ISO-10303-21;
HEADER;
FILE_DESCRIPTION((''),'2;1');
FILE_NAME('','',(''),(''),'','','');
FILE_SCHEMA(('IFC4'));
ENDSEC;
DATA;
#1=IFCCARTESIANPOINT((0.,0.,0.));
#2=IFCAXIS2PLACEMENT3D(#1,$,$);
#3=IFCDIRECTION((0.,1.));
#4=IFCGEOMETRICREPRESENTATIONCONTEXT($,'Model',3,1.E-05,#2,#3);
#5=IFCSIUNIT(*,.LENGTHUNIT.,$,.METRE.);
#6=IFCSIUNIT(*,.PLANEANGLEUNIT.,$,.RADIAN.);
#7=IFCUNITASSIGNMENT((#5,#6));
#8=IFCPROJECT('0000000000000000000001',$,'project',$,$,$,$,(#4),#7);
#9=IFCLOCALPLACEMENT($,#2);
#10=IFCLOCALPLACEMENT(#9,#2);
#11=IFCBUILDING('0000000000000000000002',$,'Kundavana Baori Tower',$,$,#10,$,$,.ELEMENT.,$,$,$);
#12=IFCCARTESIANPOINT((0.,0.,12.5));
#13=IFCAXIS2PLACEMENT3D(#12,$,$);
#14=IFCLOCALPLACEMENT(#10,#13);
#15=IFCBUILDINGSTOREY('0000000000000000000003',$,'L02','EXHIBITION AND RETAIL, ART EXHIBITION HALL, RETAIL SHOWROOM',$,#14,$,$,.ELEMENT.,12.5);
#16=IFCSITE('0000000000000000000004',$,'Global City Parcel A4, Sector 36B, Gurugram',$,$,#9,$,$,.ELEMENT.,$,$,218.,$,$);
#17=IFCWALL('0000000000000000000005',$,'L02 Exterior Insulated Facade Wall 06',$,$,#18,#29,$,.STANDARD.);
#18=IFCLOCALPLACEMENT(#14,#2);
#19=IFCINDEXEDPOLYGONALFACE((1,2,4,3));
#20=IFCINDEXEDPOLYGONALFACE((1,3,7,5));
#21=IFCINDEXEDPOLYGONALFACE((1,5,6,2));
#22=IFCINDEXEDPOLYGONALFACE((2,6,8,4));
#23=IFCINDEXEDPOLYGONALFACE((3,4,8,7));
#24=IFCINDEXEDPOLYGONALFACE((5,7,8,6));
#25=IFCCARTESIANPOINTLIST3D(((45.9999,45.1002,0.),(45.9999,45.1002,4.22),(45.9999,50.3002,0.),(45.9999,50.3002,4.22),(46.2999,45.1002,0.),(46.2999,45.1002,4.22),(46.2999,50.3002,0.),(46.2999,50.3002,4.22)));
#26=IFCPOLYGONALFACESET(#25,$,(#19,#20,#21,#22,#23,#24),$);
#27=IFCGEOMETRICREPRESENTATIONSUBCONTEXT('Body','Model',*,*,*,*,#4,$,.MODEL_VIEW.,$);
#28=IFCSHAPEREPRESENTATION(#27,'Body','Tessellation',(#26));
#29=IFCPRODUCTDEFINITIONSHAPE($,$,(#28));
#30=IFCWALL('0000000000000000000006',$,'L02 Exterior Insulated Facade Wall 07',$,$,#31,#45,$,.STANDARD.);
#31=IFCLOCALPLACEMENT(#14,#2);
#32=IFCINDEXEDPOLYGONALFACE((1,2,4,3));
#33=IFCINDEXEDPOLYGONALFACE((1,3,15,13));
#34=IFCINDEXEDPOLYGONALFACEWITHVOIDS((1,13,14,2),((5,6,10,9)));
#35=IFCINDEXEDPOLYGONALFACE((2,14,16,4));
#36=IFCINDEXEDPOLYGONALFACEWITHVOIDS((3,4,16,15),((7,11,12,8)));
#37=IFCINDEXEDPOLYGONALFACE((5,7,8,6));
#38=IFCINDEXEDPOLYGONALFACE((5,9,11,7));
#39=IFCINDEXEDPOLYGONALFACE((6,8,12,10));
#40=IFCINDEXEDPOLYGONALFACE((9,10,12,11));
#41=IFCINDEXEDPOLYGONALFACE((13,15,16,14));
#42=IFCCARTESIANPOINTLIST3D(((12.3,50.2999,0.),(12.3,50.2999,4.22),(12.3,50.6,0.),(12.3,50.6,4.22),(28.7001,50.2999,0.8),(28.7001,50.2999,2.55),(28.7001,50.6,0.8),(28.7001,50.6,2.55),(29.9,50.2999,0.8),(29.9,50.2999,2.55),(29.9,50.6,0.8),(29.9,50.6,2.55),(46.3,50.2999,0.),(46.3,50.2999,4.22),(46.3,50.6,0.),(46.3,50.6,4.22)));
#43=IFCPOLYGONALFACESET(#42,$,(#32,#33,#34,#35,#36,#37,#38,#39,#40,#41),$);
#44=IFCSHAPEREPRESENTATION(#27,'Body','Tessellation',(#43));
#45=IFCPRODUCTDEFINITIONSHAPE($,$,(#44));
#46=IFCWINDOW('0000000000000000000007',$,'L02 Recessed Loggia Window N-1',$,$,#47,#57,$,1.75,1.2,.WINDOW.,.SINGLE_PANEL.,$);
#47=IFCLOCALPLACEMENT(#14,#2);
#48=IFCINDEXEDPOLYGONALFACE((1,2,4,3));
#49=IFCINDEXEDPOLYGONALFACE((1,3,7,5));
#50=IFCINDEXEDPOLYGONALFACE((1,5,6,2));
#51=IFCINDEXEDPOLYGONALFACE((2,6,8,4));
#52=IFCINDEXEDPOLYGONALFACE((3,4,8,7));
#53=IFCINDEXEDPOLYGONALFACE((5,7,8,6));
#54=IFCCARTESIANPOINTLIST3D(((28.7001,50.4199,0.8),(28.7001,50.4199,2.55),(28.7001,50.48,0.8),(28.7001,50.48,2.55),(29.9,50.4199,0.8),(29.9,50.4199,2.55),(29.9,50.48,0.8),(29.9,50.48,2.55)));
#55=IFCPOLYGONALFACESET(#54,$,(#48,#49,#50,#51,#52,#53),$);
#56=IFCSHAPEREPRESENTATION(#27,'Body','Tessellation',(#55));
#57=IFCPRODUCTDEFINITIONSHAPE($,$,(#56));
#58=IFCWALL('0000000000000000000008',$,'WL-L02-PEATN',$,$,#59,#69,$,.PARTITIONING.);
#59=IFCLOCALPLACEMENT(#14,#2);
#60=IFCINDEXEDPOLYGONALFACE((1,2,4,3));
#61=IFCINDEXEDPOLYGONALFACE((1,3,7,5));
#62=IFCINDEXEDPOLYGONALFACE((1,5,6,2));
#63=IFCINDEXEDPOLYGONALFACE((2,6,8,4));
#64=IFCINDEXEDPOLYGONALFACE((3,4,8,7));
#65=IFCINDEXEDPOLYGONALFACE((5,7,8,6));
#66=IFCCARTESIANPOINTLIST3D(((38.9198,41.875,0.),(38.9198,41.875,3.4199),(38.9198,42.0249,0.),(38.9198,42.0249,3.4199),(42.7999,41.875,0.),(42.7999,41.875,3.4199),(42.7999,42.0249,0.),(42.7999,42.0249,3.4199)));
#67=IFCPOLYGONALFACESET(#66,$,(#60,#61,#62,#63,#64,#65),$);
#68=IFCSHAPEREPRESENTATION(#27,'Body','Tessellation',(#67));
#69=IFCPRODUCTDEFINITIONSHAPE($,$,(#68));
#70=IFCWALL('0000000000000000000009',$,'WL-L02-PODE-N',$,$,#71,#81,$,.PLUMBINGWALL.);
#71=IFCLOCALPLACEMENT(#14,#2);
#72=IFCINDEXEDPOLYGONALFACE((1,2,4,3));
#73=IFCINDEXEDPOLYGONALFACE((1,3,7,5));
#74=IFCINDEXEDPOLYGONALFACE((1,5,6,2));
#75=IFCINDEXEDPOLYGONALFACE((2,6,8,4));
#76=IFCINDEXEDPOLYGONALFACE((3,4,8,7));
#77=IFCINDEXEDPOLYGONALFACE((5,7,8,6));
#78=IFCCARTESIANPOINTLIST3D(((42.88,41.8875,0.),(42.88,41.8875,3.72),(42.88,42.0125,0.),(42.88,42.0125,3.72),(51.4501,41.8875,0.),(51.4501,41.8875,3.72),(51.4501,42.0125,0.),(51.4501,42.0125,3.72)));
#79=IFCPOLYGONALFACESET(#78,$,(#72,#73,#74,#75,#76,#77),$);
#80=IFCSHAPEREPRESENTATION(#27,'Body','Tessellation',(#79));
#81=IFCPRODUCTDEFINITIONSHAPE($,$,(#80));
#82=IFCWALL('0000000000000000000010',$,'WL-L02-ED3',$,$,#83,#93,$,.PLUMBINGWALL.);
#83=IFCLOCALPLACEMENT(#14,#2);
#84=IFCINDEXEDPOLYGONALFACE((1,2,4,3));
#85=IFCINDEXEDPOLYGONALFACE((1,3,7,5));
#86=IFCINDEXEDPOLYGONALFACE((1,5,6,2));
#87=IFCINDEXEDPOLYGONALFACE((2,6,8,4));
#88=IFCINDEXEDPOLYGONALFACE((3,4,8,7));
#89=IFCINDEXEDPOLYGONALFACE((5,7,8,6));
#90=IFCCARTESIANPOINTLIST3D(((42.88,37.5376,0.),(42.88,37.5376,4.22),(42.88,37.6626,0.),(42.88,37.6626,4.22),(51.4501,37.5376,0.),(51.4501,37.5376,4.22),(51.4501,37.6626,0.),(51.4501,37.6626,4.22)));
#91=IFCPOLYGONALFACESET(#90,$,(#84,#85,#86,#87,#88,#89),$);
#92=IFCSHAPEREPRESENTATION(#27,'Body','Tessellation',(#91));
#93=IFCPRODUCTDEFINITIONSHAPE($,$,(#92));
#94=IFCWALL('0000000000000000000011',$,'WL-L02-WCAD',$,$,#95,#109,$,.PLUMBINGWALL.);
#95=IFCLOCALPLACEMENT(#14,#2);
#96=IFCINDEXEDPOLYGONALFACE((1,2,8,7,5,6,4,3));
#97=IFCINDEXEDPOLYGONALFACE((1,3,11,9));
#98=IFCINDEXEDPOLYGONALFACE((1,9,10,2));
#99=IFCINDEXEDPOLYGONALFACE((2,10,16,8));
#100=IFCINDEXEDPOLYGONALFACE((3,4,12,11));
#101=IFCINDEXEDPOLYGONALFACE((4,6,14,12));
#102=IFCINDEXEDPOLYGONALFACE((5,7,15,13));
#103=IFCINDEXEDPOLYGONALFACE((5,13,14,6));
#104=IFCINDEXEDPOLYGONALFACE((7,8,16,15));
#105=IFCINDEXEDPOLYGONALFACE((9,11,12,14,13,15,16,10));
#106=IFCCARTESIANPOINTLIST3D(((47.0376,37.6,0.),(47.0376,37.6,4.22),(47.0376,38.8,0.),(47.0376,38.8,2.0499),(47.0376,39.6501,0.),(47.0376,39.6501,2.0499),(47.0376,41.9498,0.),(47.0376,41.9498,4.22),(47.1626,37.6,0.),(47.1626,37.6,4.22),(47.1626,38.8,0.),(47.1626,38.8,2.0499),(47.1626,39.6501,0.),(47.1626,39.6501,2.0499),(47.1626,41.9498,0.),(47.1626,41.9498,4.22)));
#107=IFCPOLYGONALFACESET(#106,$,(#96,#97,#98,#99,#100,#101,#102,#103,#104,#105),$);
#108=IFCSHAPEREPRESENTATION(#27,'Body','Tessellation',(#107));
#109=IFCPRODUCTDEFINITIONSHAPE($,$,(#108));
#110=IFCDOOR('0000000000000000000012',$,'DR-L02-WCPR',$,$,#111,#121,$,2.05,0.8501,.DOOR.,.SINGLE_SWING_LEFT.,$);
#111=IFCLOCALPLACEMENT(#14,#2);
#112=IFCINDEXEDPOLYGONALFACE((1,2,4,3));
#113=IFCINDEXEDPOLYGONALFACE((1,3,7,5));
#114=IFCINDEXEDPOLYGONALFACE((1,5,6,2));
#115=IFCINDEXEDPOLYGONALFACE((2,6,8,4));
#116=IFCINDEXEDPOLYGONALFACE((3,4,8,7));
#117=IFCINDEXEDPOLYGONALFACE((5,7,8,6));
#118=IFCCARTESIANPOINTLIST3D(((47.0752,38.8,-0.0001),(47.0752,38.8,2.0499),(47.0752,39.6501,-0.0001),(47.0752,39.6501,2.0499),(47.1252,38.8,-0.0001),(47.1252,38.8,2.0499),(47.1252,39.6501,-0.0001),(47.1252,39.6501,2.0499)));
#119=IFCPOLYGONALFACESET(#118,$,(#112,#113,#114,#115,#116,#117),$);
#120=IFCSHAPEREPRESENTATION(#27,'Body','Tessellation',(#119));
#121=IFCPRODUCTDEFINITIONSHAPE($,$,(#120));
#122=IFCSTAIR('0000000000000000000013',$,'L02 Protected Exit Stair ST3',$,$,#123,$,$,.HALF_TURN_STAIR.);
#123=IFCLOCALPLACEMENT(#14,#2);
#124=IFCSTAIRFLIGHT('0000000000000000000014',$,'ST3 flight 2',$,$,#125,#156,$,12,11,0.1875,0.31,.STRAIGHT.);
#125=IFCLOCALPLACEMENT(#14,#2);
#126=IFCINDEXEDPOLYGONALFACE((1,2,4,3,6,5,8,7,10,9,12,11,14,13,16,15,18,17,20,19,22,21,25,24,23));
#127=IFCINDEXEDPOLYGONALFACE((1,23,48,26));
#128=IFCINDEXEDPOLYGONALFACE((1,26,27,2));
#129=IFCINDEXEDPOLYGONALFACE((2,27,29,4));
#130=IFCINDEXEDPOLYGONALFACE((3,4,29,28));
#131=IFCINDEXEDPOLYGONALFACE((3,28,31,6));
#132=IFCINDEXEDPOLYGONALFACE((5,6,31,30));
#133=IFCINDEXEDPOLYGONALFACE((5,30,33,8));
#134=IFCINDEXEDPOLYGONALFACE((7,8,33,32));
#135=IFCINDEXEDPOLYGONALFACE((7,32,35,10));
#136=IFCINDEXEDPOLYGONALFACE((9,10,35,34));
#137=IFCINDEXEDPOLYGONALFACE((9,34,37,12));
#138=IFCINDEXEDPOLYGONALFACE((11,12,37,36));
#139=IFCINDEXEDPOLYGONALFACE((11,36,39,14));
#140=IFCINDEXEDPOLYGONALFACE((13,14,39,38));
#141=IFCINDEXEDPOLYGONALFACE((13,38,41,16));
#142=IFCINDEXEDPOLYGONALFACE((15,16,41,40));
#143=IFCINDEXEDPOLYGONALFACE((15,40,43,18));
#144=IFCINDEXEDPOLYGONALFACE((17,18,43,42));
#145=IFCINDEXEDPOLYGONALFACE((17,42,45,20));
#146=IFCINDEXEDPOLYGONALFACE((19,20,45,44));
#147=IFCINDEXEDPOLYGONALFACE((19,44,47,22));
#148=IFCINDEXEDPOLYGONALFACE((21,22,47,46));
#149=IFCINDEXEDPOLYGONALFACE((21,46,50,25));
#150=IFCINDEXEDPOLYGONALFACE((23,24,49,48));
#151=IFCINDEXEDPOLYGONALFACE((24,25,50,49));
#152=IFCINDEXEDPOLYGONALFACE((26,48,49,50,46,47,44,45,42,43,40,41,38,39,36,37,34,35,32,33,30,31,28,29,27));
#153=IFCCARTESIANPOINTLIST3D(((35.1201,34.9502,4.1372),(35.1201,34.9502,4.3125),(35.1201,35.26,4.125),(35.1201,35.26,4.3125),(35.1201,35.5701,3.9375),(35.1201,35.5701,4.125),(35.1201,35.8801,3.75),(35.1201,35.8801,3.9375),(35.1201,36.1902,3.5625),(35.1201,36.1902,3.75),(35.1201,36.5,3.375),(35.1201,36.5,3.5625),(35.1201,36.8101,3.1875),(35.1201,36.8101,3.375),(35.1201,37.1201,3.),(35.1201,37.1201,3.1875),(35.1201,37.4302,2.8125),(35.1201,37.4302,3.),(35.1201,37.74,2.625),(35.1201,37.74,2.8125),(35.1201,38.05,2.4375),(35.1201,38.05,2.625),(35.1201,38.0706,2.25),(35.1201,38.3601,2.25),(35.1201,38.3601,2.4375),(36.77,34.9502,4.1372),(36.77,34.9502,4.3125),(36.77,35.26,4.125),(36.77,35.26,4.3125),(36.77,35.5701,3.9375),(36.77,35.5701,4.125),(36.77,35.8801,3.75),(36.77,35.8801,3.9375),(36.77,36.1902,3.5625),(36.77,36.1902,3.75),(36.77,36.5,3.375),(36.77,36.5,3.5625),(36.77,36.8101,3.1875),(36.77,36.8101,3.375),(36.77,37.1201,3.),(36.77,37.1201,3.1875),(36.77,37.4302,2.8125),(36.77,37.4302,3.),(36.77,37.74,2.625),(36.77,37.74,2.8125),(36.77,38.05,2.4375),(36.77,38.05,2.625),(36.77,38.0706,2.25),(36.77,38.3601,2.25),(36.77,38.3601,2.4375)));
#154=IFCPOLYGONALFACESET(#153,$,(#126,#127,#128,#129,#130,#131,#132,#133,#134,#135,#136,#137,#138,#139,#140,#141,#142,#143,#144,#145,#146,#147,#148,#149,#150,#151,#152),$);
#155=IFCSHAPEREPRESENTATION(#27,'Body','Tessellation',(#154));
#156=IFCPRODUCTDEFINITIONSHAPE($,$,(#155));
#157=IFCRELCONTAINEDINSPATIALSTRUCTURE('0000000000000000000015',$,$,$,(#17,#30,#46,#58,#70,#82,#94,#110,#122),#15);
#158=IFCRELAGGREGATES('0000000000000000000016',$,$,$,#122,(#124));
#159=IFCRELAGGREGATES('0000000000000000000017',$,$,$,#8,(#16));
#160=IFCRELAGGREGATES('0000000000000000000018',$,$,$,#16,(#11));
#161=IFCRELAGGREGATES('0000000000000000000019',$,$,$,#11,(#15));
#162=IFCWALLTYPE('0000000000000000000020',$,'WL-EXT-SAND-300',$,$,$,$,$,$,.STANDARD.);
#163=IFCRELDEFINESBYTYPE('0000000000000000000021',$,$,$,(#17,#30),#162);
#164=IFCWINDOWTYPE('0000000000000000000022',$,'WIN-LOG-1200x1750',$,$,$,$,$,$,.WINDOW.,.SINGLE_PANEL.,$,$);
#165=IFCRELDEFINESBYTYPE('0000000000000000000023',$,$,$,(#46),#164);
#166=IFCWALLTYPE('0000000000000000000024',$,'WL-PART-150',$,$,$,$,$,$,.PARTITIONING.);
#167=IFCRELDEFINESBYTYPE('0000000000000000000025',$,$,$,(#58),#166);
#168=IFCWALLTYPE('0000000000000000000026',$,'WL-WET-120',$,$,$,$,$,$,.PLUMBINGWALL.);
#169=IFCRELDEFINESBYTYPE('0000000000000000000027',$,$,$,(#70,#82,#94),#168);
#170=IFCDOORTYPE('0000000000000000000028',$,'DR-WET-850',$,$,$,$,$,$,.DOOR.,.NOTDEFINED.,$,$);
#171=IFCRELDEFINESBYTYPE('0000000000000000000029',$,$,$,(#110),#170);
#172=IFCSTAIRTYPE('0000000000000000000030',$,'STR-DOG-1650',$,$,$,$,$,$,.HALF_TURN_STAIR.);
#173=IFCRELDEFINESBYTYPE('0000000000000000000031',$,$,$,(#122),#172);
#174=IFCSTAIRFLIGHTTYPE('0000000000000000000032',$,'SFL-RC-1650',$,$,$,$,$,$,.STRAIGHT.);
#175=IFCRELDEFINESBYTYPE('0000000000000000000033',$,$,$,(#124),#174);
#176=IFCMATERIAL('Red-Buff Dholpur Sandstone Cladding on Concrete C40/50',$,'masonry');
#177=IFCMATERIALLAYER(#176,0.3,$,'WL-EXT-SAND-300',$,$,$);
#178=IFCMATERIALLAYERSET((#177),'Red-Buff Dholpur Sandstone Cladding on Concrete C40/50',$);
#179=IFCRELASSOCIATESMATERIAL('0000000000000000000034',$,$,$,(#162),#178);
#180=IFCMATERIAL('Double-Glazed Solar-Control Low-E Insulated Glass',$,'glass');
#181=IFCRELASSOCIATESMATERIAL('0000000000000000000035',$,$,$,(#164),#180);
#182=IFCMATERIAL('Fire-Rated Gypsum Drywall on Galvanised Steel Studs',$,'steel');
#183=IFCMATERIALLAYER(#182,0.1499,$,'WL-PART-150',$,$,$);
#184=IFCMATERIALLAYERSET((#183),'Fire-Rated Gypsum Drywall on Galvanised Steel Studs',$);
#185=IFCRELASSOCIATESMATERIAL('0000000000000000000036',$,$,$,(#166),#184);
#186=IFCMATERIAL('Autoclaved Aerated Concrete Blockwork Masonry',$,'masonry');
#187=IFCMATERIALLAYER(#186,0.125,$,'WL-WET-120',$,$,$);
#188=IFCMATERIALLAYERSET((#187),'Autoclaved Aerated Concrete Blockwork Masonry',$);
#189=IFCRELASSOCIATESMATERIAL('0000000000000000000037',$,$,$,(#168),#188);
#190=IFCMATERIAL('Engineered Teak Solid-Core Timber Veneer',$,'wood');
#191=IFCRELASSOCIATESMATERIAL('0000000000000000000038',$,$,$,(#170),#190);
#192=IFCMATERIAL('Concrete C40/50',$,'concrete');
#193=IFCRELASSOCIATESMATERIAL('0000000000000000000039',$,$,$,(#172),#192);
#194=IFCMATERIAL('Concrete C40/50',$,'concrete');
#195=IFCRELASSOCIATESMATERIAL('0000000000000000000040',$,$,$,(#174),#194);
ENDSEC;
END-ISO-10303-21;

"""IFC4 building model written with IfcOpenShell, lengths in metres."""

from ifc_helpers import new_model, si_unit, direction, frame, frame_2d, origin, place, context, subcontext, project, spatial, polyline, rectangle, outline, extrude, material, layer, layer_set, type_object, element, fill, aggregate, save


model = new_model("IFC4")

# Units and contexts
model_context = context("Model", 3, precision=1e-05, world=origin(), true_north=direction((0.0, 1.0)))
body_context = subcontext(model_context, "Body", "Model", "MODEL_VIEW")
ifc_project = project(units=[si_unit("LENGTHUNIT", "METRE"), si_unit("PLANEANGLEUNIT", "RADIAN")], contexts=[model_context])

# Site, building, storey
site_placement = place(None, origin())
site = spatial("IfcSite", under=ifc_project, at=site_placement, Name="Global City Parcel A4, Sector 36B, Gurugram", CompositionType="ELEMENT", RefElevation=218.0)
building_placement = place(site_placement, origin())
building = spatial("IfcBuilding", under=site, at=building_placement, Name="Kundavana Baori Tower", CompositionType="ELEMENT")
storey_placement = place(building_placement, frame((0.0, 0.0, 12.5)))
storey = spatial("IfcBuildingStorey", under=building, at=storey_placement, Name="L02", Description="EXHIBITION AND RETAIL, ART EXHIBITION HALL, RETAIL SHOWROOM", CompositionType="ELEMENT", Elevation=12.5)

# Wall
ifc_material_1 = material(Name="Red-Buff Dholpur Sandstone Cladding on Concrete C40/50", Category="masonry")
ifc_layer_1 = layer(ifc_material_1, 0.3, Name="WL-EXT-SAND-300")
ifc_layer_set_1 = layer_set([ifc_layer_1], Name="Red-Buff Dholpur Sandstone Cladding on Concrete C40/50")
wall_type_1 = type_object("IfcWallType", Name="WL-EXT-SAND-300", PredefinedType="STANDARD", material=ifc_layer_set_1)
wall_1_placement = place(storey_placement, frame((46.1499, 45.1001, 0.0), z_axis=(0.0, 0.0, 1.0), x_axis=(0.0, 1.0, 0.0)))
element("IfcWall", 1, at=wall_1_placement, inside=storey, type_object=wall_type_1, Name="L02 Exterior Insulated Facade Wall 06", PredefinedType="STANDARD", context=body_context, shape_type="SweptSolid", body=[
    extrude(rectangle(XDim=5.2, YDim=0.3, at=frame_2d((2.6001, 0.0))), origin(), (0.0, 0.0, 1.0), 4.22),
])

# Wall, opening, window
wall_2_placement = place(storey_placement, frame((46.3, 50.45, 0.0), z_axis=(0.0, 0.0, 1.0), x_axis=(-1.0, 0.0, 0.0)))
wall_2 = element("IfcWall", 2, at=wall_2_placement, inside=storey, type_object=wall_type_1, Name="L02 Exterior Insulated Facade Wall 07", PredefinedType="STANDARD", context=body_context, shape_type="SweptSolid", body=[
    extrude(rectangle(XDim=34.0, YDim=0.3, at=frame_2d((17.0, 0.0))), origin(), (0.0, 0.0, 1.0), 4.22),
])
opening_1_placement = place(wall_2_placement, frame((16.3999, 0.0, 0.8)))
opening_1 = element("IfcOpeningElement", 3, at=opening_1_placement, cuts=wall_2, PredefinedType="OPENING", context=body_context, shape_type="SweptSolid", body=[
    extrude(rectangle(XDim=1.2, YDim=1.75, at=frame_2d((0.6001, 0.875))), frame((0.0, 0.1602, 0.0), z_axis=(0.0, -1.0, 0.0), x_axis=(1.0, 0.0, 0.0)), (0.0, 0.0, 1.0), 0.3201),
])
ifc_material_2 = material(Name="Double-Glazed Solar-Control Low-E Insulated Glass", Category="glass")
window_type = type_object("IfcWindowType", Name="WIN-LOG-1200x1750", PartitioningType="SINGLE_PANEL", PredefinedType="WINDOW", material=ifc_material_2)
window_placement = place(opening_1_placement, origin())
window = element("IfcWindow", 4, at=window_placement, inside=storey, type_object=window_type, Name="L02 Recessed Loggia Window N-1", OverallHeight=1.75, OverallWidth=1.2, PartitioningType="SINGLE_PANEL", PredefinedType="WINDOW", context=body_context, shape_type="SweptSolid", body=[
    extrude(rectangle(XDim=1.2, YDim=1.75, at=frame_2d((0.6001, 0.875))), frame((0.0, 0.03, 0.0), z_axis=(0.0, -1.0, 0.0), x_axis=(1.0, 0.0, 0.0)), (0.0, 0.0, 1.0), 0.0601),
])
fill(opening_1, window)

# Walls
ifc_material_3 = material(Name="Fire-Rated Gypsum Drywall on Galvanised Steel Studs", Category="steel")
ifc_layer_2 = layer(ifc_material_3, 0.1499, Name="WL-PART-150")
ifc_layer_set_2 = layer_set([ifc_layer_2], Name="Fire-Rated Gypsum Drywall on Galvanised Steel Studs")
wall_type_2 = type_object("IfcWallType", Name="WL-PART-150", PredefinedType="PARTITIONING", material=ifc_layer_set_2)
wall_3_placement = place(storey_placement, frame((38.9199, 41.95, 0.0), z_axis=(0.0, 0.0, 1.0), x_axis=(1.0, 0.0, 0.0)))
element("IfcWall", 5, at=wall_3_placement, inside=storey, type_object=wall_type_2, Name="WL-L02-PEATN", PredefinedType="PARTITIONING", context=body_context, shape_type="SweptSolid", body=[
    extrude(rectangle(XDim=3.8801, YDim=0.1499, at=frame_2d((1.9399, 0.0))), origin(), (0.0, 0.0, 1.0), 3.4199),
])
ifc_material_4 = material(Name="Autoclaved Aerated Concrete Blockwork Masonry", Category="masonry")
ifc_layer_3 = layer(ifc_material_4, 0.125, Name="WL-WET-120")
ifc_layer_set_3 = layer_set([ifc_layer_3], Name="Autoclaved Aerated Concrete Blockwork Masonry")
wall_type_3 = type_object("IfcWallType", Name="WL-WET-120", PredefinedType="PLUMBINGWALL", material=ifc_layer_set_3)
wall_4_placement = place(storey_placement, frame((42.8799, 41.95, 0.0), z_axis=(0.0, 0.0, 1.0), x_axis=(1.0, 0.0, 0.0)))
element("IfcWall", 6, at=wall_4_placement, inside=storey, type_object=wall_type_3, Name="WL-L02-PODE-N", PredefinedType="PLUMBINGWALL", context=body_context, shape_type="SweptSolid", body=[
    extrude(rectangle(XDim=8.5701, YDim=0.125, at=frame_2d((4.2852, 0.0))), origin(), (0.0, 0.0, 1.0), 3.72),
])
wall_5_placement = place(storey_placement, frame((42.8799, 37.6001, 0.0), z_axis=(0.0, 0.0, 1.0), x_axis=(1.0, 0.0, 0.0)))
element("IfcWall", 7, at=wall_5_placement, inside=storey, type_object=wall_type_3, Name="WL-L02-ED3", PredefinedType="PLUMBINGWALL", context=body_context, shape_type="SweptSolid", body=[
    extrude(rectangle(XDim=8.5701, YDim=0.125, at=frame_2d((4.2852, 0.0))), origin(), (0.0, 0.0, 1.0), 4.22),
])

# Wall, opening, door
wall_6_placement = place(storey_placement, frame((47.1001, 37.6001, 0.0), z_axis=(0.0, 0.0, 1.0), x_axis=(0.0, 1.0, 0.0)))
wall_6 = element("IfcWall", 8, at=wall_6_placement, inside=storey, type_object=wall_type_3, Name="WL-L02-WCAD", PredefinedType="PLUMBINGWALL", context=body_context, shape_type="SweptSolid", body=[
    extrude(rectangle(XDim=4.3499, YDim=0.125, at=frame_2d((2.1748, 0.0))), origin(), (0.0, 0.0, 1.0), 4.22),
])
opening_2_placement = place(wall_6_placement, frame((1.2, 0.0, 0.0)))
opening_2 = element("IfcOpeningElement", 9, at=opening_2_placement, cuts=wall_6, PredefinedType="OPENING", context=body_context, shape_type="SweptSolid", body=[
    extrude(rectangle(XDim=0.8501, YDim=2.05, at=frame_2d((0.425, 1.0249))), frame((0.0, 0.0725, 0.0), z_axis=(0.0, -1.0, 0.0), x_axis=(1.0, 0.0, 0.0)), (0.0, 0.0, 1.0), 0.145),
])
ifc_material_5 = material(Name="Engineered Teak Solid-Core Timber Veneer", Category="wood")
door_type = type_object("IfcDoorType", Name="DR-WET-850", OperationType="NOTDEFINED", PredefinedType="DOOR", material=ifc_material_5)
door_placement = place(opening_2_placement, origin())
door = element("IfcDoor", 10, at=door_placement, inside=storey, type_object=door_type, Name="DR-L02-WCPR", OperationType="SINGLE_SWING_LEFT", OverallHeight=2.05, OverallWidth=0.8501, PredefinedType="DOOR", context=body_context, shape_type="SweptSolid", body=[
    extrude(rectangle(XDim=0.8501, YDim=2.05, at=frame_2d((0.425, 1.0249))), frame((0.0, 0.0249, 0.0), z_axis=(0.0, -1.0, 0.0), x_axis=(1.0, 0.0, 0.0)), (0.0, 0.0, 1.0), 0.05),
])
fill(opening_2, door)

# Stair, stair flight
ifc_material_6 = material(Name="Concrete C40/50", Category="concrete")
stair_type = type_object("IfcStairType", Name="STR-DOG-1650", PredefinedType="HALF_TURN_STAIR", material=ifc_material_6)
stair_placement = place(storey_placement, origin())
stair = element("IfcStair", 11, at=stair_placement, inside=storey, type_object=stair_type, Name="L02 Protected Exit Stair ST3", PredefinedType="HALF_TURN_STAIR")
ifc_material_7 = material(Name="Concrete C40/50", Category="concrete")
stair_flight_type = type_object("IfcStairFlightType", Name="SFL-RC-1650", PredefinedType="STRAIGHT", material=ifc_material_7)
stair_flight_placement = place(storey_placement, frame((35.9451, 38.3601, 2.25), z_axis=(0.0, 0.0, 1.0), x_axis=(0.0, -1.0, 0.0)))
stair_flight = element("IfcStairFlight", 12, at=stair_flight_placement, type_object=stair_flight_type, Name="ST3 flight 2", NumberOfRisers=12, NumberOfTreads=11, PredefinedType="STRAIGHT", RiserHeight=0.1875, TreadLength=0.31, context=body_context, shape_type="SweptSolid", body=[
    extrude(outline(polyline([(0.0, 0.0), (0.0, 0.1875), (0.3101, 0.1875), (0.3101, 0.375), (0.6201, 0.375), (0.6201, 0.5625), (0.9299, 0.5625), (0.9299, 0.75), (1.24, 0.75), (1.24, 0.9375), (1.55, 0.9375), (1.55, 1.125), (1.8601, 1.125), (1.8601, 1.3125), (2.1699, 1.3125), (2.1699, 1.5), (2.48, 1.5), (2.48, 1.6875), (2.79, 1.6875), (2.79, 1.875), (3.1001, 1.875), (3.1001, 2.0625), (3.4099, 2.0625), (3.4099, 2.25), (3.4099, 1.8872), (0.2896, 0.0), (0.0, 0.0)])), frame((0.0, 0.825, 0.0), z_axis=(0.0, -1.0, 0.0), x_axis=(1.0, 0.0, 0.0)), (0.0, 0.0, 1.0), 1.6499),
])
aggregate(stair, [stair_flight])

save(model, "model.ifc")
